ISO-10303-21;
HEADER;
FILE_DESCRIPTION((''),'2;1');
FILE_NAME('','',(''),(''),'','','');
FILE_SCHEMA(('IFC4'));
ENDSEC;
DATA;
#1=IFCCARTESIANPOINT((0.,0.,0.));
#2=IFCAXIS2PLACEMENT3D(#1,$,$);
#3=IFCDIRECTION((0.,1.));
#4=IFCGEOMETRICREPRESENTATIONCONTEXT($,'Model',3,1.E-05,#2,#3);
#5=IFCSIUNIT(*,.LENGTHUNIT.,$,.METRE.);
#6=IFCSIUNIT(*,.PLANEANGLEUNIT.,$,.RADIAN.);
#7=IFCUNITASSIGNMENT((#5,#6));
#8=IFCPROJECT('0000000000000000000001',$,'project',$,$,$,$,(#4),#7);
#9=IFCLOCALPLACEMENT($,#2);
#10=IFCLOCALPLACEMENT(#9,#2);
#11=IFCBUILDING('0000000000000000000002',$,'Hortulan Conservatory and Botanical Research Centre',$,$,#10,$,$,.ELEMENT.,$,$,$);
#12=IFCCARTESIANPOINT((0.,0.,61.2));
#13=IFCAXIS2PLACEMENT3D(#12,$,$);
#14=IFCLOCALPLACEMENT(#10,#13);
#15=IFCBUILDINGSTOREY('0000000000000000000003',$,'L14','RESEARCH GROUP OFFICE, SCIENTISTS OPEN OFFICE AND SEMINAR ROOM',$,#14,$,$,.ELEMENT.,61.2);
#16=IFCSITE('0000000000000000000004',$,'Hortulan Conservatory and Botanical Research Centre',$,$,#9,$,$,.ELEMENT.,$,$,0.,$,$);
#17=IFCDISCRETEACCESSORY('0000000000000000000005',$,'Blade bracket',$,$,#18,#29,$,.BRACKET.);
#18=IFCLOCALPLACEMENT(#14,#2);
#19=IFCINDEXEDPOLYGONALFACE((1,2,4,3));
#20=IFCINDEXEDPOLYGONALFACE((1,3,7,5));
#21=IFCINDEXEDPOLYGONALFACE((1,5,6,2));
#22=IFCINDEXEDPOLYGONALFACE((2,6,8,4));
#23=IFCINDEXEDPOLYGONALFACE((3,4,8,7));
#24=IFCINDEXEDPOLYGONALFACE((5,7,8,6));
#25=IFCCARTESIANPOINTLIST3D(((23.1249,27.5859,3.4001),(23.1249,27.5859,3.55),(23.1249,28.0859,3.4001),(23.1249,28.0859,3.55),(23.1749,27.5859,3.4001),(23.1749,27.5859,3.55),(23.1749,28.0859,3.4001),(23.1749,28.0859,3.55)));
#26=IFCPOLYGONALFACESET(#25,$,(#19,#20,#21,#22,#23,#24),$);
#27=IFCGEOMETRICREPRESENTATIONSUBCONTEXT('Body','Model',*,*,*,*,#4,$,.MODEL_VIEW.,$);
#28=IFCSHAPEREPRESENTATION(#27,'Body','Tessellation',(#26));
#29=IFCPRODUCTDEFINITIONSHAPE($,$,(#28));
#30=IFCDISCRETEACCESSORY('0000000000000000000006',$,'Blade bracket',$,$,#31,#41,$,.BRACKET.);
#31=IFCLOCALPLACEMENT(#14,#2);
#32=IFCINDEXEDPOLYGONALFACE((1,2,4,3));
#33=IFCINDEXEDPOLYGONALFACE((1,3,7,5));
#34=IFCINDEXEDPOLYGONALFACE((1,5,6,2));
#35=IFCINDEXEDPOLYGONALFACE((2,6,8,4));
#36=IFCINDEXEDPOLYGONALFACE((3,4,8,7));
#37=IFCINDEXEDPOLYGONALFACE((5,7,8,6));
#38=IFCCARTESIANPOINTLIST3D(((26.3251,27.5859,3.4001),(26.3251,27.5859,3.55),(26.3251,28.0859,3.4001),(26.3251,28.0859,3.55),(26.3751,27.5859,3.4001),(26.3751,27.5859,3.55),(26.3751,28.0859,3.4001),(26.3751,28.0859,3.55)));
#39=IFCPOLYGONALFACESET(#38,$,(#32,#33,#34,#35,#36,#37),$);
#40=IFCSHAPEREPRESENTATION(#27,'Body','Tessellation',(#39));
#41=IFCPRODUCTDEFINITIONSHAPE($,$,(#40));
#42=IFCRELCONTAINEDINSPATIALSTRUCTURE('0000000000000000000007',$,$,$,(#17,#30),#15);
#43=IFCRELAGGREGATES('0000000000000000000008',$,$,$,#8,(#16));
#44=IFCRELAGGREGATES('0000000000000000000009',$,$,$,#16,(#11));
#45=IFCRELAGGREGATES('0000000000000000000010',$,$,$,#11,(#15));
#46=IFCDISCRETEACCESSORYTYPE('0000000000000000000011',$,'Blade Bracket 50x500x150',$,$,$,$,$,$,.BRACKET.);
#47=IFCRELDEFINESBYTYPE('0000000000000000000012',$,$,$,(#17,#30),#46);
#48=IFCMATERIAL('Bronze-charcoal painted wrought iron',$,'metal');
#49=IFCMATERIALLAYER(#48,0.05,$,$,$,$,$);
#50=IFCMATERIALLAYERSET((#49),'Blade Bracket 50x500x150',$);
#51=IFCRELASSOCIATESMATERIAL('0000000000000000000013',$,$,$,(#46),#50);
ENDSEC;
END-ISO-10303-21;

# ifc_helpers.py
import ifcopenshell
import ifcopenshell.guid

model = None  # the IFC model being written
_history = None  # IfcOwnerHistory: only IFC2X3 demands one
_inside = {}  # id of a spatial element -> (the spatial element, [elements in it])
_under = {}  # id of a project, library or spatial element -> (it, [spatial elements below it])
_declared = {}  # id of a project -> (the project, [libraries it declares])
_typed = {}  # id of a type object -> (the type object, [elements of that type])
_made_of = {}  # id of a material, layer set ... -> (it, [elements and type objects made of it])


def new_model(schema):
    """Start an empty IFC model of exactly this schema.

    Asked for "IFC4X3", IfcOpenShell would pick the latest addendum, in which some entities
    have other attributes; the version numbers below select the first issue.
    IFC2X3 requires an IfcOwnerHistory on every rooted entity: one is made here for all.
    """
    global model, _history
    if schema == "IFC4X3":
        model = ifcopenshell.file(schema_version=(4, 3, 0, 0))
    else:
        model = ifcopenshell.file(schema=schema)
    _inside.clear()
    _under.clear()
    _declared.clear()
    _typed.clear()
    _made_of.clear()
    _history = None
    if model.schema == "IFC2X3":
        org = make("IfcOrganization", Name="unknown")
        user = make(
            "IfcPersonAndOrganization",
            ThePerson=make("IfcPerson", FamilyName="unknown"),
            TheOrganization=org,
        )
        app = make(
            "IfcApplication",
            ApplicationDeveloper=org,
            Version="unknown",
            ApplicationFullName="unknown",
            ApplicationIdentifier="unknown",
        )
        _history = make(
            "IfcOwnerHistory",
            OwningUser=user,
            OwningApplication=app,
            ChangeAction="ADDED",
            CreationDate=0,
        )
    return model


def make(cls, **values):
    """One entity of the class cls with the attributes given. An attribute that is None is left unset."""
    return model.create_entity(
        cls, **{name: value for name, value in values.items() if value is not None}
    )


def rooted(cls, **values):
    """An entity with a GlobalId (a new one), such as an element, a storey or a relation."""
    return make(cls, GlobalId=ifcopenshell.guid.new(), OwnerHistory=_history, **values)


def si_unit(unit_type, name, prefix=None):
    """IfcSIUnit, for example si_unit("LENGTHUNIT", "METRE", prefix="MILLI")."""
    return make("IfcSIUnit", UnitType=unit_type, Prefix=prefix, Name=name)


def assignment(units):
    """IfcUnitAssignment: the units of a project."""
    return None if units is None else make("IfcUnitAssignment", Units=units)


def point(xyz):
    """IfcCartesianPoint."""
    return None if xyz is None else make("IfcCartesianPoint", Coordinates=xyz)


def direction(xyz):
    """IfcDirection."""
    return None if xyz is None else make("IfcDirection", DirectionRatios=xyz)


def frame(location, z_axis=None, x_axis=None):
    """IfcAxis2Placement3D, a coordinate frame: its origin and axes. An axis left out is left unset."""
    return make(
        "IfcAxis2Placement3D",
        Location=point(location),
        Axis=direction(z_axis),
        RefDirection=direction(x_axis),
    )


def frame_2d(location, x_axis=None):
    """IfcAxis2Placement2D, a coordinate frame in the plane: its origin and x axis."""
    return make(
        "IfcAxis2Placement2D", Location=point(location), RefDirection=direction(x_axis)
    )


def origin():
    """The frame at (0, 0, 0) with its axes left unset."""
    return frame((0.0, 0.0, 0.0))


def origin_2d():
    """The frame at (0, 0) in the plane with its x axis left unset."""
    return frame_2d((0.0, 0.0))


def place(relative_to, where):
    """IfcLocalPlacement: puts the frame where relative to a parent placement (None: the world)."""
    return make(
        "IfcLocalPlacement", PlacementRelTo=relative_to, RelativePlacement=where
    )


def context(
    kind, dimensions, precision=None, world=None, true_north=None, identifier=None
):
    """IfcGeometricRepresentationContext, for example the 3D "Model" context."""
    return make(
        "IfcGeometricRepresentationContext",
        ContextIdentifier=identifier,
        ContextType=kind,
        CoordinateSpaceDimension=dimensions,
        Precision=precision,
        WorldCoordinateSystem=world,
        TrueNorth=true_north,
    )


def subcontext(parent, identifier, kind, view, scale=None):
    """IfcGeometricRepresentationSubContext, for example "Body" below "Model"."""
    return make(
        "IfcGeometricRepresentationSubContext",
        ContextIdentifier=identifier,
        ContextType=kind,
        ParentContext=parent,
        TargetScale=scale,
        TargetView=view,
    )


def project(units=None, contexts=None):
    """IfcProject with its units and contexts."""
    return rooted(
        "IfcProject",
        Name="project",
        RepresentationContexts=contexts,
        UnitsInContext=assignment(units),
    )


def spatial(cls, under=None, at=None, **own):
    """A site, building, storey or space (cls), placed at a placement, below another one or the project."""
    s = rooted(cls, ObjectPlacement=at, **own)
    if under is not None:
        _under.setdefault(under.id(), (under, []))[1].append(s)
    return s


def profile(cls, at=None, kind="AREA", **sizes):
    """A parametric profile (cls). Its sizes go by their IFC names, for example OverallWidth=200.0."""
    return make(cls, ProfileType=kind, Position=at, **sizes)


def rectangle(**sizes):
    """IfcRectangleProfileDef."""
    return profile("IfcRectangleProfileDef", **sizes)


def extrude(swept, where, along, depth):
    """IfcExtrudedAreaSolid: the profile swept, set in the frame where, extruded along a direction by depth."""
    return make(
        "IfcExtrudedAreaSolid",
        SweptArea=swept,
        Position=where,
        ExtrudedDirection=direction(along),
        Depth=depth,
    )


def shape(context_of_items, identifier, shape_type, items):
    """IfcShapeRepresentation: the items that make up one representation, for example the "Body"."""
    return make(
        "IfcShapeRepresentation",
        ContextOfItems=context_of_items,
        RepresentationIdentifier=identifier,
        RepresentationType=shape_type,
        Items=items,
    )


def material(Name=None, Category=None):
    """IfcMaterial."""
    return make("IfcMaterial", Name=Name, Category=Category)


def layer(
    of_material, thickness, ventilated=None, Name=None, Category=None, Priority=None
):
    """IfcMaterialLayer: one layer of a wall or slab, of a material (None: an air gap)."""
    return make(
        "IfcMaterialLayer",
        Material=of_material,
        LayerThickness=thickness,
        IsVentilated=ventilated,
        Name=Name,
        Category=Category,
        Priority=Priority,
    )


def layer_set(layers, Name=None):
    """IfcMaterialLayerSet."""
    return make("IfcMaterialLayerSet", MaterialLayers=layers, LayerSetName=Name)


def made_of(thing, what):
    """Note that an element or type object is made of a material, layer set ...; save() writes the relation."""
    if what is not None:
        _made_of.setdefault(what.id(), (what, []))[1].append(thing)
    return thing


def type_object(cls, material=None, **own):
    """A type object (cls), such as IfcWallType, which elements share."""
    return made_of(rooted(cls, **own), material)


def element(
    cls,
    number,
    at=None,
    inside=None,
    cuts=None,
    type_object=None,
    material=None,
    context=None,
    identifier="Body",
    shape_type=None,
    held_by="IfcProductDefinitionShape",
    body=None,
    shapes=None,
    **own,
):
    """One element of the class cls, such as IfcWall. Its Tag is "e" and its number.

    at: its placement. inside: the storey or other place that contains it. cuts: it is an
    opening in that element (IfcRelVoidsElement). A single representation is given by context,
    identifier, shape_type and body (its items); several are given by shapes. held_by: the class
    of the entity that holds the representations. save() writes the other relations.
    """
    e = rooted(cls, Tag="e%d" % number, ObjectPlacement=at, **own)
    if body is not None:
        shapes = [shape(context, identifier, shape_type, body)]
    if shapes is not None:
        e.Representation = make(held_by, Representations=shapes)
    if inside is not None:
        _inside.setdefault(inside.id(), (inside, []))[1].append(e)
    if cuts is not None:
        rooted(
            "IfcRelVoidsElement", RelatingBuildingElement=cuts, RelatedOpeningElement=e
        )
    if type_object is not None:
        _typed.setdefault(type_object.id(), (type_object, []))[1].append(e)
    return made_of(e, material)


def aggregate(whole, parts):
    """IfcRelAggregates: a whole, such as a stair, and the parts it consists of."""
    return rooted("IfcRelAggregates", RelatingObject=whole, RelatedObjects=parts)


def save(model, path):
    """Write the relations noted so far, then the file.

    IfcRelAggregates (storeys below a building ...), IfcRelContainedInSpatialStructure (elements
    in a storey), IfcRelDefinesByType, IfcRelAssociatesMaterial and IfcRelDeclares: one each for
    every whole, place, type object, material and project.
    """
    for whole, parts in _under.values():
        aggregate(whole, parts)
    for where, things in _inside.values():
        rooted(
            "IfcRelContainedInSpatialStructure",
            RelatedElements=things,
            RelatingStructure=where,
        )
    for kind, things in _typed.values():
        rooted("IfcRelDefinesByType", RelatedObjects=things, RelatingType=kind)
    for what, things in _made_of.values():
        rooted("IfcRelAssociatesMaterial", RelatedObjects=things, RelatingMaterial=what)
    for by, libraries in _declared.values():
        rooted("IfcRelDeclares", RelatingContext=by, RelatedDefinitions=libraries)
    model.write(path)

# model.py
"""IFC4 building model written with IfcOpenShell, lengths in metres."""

from ifc_helpers import new_model, si_unit, direction, frame, origin, origin_2d, place, context, subcontext, project, spatial, rectangle, extrude, material, layer, layer_set, type_object, element, save


model = new_model("IFC4")

# Units and contexts
model_context = context("Model", 3, precision=1e-05, world=origin(), true_north=direction((0.0, 1.0)))
body_context = subcontext(model_context, "Body", "Model", "MODEL_VIEW")
ifc_project = project(units=[si_unit("LENGTHUNIT", "METRE"), si_unit("PLANEANGLEUNIT", "RADIAN")], contexts=[model_context])

# Site, building, storey
site_placement = place(None, origin())
site = spatial("IfcSite", under=ifc_project, at=site_placement, Name="Hortulan Conservatory and Botanical Research Centre", CompositionType="ELEMENT", RefElevation=0.0)
building_placement = place(site_placement, origin())
building = spatial("IfcBuilding", under=site, at=building_placement, Name="Hortulan Conservatory and Botanical Research Centre", CompositionType="ELEMENT")
storey_placement = place(building_placement, frame((0.0, 0.0, 61.2)))
storey = spatial("IfcBuildingStorey", under=building, at=storey_placement, Name="L14", Description="RESEARCH GROUP OFFICE, SCIENTISTS OPEN OFFICE AND SEMINAR ROOM", CompositionType="ELEMENT", Elevation=61.2)

# Discrete accessories
ifc_material_1 = material(Name="Bronze-charcoal painted wrought iron", Category="metal")
ifc_layer_1 = layer(ifc_material_1, 0.05)
ifc_layer_set_1 = layer_set([ifc_layer_1], Name="Blade Bracket 50x500x150")
discrete_accessory_type = type_object("IfcDiscreteAccessoryType", Name="Blade Bracket 50x500x150", PredefinedType="BRACKET", material=ifc_layer_set_1)
for number, where, z_axis, x_axis, name in (
    (1, (23.1499, 27.8359, 3.4001), (0.0, 0.0, 1.0), (1.0, 0.0, 0.0), "Blade bracket"),
    (2, (26.3501, 27.8359, 3.4001), (0.0, 0.0, 1.0), (1.0, 0.0, 0.0), "Blade bracket"),
):
    element("IfcDiscreteAccessory", number, at=place(storey_placement, frame(where, z_axis=z_axis, x_axis=x_axis)), inside=storey, type_object=discrete_accessory_type, Name=name, PredefinedType="BRACKET", context=body_context, shape_type="SweptSolid", body=[
        extrude(rectangle(XDim=0.05, YDim=0.5, at=origin_2d()), origin(), (0.0, 0.0, 1.0), 0.1499),
    ])

save(model, "model.ifc")
